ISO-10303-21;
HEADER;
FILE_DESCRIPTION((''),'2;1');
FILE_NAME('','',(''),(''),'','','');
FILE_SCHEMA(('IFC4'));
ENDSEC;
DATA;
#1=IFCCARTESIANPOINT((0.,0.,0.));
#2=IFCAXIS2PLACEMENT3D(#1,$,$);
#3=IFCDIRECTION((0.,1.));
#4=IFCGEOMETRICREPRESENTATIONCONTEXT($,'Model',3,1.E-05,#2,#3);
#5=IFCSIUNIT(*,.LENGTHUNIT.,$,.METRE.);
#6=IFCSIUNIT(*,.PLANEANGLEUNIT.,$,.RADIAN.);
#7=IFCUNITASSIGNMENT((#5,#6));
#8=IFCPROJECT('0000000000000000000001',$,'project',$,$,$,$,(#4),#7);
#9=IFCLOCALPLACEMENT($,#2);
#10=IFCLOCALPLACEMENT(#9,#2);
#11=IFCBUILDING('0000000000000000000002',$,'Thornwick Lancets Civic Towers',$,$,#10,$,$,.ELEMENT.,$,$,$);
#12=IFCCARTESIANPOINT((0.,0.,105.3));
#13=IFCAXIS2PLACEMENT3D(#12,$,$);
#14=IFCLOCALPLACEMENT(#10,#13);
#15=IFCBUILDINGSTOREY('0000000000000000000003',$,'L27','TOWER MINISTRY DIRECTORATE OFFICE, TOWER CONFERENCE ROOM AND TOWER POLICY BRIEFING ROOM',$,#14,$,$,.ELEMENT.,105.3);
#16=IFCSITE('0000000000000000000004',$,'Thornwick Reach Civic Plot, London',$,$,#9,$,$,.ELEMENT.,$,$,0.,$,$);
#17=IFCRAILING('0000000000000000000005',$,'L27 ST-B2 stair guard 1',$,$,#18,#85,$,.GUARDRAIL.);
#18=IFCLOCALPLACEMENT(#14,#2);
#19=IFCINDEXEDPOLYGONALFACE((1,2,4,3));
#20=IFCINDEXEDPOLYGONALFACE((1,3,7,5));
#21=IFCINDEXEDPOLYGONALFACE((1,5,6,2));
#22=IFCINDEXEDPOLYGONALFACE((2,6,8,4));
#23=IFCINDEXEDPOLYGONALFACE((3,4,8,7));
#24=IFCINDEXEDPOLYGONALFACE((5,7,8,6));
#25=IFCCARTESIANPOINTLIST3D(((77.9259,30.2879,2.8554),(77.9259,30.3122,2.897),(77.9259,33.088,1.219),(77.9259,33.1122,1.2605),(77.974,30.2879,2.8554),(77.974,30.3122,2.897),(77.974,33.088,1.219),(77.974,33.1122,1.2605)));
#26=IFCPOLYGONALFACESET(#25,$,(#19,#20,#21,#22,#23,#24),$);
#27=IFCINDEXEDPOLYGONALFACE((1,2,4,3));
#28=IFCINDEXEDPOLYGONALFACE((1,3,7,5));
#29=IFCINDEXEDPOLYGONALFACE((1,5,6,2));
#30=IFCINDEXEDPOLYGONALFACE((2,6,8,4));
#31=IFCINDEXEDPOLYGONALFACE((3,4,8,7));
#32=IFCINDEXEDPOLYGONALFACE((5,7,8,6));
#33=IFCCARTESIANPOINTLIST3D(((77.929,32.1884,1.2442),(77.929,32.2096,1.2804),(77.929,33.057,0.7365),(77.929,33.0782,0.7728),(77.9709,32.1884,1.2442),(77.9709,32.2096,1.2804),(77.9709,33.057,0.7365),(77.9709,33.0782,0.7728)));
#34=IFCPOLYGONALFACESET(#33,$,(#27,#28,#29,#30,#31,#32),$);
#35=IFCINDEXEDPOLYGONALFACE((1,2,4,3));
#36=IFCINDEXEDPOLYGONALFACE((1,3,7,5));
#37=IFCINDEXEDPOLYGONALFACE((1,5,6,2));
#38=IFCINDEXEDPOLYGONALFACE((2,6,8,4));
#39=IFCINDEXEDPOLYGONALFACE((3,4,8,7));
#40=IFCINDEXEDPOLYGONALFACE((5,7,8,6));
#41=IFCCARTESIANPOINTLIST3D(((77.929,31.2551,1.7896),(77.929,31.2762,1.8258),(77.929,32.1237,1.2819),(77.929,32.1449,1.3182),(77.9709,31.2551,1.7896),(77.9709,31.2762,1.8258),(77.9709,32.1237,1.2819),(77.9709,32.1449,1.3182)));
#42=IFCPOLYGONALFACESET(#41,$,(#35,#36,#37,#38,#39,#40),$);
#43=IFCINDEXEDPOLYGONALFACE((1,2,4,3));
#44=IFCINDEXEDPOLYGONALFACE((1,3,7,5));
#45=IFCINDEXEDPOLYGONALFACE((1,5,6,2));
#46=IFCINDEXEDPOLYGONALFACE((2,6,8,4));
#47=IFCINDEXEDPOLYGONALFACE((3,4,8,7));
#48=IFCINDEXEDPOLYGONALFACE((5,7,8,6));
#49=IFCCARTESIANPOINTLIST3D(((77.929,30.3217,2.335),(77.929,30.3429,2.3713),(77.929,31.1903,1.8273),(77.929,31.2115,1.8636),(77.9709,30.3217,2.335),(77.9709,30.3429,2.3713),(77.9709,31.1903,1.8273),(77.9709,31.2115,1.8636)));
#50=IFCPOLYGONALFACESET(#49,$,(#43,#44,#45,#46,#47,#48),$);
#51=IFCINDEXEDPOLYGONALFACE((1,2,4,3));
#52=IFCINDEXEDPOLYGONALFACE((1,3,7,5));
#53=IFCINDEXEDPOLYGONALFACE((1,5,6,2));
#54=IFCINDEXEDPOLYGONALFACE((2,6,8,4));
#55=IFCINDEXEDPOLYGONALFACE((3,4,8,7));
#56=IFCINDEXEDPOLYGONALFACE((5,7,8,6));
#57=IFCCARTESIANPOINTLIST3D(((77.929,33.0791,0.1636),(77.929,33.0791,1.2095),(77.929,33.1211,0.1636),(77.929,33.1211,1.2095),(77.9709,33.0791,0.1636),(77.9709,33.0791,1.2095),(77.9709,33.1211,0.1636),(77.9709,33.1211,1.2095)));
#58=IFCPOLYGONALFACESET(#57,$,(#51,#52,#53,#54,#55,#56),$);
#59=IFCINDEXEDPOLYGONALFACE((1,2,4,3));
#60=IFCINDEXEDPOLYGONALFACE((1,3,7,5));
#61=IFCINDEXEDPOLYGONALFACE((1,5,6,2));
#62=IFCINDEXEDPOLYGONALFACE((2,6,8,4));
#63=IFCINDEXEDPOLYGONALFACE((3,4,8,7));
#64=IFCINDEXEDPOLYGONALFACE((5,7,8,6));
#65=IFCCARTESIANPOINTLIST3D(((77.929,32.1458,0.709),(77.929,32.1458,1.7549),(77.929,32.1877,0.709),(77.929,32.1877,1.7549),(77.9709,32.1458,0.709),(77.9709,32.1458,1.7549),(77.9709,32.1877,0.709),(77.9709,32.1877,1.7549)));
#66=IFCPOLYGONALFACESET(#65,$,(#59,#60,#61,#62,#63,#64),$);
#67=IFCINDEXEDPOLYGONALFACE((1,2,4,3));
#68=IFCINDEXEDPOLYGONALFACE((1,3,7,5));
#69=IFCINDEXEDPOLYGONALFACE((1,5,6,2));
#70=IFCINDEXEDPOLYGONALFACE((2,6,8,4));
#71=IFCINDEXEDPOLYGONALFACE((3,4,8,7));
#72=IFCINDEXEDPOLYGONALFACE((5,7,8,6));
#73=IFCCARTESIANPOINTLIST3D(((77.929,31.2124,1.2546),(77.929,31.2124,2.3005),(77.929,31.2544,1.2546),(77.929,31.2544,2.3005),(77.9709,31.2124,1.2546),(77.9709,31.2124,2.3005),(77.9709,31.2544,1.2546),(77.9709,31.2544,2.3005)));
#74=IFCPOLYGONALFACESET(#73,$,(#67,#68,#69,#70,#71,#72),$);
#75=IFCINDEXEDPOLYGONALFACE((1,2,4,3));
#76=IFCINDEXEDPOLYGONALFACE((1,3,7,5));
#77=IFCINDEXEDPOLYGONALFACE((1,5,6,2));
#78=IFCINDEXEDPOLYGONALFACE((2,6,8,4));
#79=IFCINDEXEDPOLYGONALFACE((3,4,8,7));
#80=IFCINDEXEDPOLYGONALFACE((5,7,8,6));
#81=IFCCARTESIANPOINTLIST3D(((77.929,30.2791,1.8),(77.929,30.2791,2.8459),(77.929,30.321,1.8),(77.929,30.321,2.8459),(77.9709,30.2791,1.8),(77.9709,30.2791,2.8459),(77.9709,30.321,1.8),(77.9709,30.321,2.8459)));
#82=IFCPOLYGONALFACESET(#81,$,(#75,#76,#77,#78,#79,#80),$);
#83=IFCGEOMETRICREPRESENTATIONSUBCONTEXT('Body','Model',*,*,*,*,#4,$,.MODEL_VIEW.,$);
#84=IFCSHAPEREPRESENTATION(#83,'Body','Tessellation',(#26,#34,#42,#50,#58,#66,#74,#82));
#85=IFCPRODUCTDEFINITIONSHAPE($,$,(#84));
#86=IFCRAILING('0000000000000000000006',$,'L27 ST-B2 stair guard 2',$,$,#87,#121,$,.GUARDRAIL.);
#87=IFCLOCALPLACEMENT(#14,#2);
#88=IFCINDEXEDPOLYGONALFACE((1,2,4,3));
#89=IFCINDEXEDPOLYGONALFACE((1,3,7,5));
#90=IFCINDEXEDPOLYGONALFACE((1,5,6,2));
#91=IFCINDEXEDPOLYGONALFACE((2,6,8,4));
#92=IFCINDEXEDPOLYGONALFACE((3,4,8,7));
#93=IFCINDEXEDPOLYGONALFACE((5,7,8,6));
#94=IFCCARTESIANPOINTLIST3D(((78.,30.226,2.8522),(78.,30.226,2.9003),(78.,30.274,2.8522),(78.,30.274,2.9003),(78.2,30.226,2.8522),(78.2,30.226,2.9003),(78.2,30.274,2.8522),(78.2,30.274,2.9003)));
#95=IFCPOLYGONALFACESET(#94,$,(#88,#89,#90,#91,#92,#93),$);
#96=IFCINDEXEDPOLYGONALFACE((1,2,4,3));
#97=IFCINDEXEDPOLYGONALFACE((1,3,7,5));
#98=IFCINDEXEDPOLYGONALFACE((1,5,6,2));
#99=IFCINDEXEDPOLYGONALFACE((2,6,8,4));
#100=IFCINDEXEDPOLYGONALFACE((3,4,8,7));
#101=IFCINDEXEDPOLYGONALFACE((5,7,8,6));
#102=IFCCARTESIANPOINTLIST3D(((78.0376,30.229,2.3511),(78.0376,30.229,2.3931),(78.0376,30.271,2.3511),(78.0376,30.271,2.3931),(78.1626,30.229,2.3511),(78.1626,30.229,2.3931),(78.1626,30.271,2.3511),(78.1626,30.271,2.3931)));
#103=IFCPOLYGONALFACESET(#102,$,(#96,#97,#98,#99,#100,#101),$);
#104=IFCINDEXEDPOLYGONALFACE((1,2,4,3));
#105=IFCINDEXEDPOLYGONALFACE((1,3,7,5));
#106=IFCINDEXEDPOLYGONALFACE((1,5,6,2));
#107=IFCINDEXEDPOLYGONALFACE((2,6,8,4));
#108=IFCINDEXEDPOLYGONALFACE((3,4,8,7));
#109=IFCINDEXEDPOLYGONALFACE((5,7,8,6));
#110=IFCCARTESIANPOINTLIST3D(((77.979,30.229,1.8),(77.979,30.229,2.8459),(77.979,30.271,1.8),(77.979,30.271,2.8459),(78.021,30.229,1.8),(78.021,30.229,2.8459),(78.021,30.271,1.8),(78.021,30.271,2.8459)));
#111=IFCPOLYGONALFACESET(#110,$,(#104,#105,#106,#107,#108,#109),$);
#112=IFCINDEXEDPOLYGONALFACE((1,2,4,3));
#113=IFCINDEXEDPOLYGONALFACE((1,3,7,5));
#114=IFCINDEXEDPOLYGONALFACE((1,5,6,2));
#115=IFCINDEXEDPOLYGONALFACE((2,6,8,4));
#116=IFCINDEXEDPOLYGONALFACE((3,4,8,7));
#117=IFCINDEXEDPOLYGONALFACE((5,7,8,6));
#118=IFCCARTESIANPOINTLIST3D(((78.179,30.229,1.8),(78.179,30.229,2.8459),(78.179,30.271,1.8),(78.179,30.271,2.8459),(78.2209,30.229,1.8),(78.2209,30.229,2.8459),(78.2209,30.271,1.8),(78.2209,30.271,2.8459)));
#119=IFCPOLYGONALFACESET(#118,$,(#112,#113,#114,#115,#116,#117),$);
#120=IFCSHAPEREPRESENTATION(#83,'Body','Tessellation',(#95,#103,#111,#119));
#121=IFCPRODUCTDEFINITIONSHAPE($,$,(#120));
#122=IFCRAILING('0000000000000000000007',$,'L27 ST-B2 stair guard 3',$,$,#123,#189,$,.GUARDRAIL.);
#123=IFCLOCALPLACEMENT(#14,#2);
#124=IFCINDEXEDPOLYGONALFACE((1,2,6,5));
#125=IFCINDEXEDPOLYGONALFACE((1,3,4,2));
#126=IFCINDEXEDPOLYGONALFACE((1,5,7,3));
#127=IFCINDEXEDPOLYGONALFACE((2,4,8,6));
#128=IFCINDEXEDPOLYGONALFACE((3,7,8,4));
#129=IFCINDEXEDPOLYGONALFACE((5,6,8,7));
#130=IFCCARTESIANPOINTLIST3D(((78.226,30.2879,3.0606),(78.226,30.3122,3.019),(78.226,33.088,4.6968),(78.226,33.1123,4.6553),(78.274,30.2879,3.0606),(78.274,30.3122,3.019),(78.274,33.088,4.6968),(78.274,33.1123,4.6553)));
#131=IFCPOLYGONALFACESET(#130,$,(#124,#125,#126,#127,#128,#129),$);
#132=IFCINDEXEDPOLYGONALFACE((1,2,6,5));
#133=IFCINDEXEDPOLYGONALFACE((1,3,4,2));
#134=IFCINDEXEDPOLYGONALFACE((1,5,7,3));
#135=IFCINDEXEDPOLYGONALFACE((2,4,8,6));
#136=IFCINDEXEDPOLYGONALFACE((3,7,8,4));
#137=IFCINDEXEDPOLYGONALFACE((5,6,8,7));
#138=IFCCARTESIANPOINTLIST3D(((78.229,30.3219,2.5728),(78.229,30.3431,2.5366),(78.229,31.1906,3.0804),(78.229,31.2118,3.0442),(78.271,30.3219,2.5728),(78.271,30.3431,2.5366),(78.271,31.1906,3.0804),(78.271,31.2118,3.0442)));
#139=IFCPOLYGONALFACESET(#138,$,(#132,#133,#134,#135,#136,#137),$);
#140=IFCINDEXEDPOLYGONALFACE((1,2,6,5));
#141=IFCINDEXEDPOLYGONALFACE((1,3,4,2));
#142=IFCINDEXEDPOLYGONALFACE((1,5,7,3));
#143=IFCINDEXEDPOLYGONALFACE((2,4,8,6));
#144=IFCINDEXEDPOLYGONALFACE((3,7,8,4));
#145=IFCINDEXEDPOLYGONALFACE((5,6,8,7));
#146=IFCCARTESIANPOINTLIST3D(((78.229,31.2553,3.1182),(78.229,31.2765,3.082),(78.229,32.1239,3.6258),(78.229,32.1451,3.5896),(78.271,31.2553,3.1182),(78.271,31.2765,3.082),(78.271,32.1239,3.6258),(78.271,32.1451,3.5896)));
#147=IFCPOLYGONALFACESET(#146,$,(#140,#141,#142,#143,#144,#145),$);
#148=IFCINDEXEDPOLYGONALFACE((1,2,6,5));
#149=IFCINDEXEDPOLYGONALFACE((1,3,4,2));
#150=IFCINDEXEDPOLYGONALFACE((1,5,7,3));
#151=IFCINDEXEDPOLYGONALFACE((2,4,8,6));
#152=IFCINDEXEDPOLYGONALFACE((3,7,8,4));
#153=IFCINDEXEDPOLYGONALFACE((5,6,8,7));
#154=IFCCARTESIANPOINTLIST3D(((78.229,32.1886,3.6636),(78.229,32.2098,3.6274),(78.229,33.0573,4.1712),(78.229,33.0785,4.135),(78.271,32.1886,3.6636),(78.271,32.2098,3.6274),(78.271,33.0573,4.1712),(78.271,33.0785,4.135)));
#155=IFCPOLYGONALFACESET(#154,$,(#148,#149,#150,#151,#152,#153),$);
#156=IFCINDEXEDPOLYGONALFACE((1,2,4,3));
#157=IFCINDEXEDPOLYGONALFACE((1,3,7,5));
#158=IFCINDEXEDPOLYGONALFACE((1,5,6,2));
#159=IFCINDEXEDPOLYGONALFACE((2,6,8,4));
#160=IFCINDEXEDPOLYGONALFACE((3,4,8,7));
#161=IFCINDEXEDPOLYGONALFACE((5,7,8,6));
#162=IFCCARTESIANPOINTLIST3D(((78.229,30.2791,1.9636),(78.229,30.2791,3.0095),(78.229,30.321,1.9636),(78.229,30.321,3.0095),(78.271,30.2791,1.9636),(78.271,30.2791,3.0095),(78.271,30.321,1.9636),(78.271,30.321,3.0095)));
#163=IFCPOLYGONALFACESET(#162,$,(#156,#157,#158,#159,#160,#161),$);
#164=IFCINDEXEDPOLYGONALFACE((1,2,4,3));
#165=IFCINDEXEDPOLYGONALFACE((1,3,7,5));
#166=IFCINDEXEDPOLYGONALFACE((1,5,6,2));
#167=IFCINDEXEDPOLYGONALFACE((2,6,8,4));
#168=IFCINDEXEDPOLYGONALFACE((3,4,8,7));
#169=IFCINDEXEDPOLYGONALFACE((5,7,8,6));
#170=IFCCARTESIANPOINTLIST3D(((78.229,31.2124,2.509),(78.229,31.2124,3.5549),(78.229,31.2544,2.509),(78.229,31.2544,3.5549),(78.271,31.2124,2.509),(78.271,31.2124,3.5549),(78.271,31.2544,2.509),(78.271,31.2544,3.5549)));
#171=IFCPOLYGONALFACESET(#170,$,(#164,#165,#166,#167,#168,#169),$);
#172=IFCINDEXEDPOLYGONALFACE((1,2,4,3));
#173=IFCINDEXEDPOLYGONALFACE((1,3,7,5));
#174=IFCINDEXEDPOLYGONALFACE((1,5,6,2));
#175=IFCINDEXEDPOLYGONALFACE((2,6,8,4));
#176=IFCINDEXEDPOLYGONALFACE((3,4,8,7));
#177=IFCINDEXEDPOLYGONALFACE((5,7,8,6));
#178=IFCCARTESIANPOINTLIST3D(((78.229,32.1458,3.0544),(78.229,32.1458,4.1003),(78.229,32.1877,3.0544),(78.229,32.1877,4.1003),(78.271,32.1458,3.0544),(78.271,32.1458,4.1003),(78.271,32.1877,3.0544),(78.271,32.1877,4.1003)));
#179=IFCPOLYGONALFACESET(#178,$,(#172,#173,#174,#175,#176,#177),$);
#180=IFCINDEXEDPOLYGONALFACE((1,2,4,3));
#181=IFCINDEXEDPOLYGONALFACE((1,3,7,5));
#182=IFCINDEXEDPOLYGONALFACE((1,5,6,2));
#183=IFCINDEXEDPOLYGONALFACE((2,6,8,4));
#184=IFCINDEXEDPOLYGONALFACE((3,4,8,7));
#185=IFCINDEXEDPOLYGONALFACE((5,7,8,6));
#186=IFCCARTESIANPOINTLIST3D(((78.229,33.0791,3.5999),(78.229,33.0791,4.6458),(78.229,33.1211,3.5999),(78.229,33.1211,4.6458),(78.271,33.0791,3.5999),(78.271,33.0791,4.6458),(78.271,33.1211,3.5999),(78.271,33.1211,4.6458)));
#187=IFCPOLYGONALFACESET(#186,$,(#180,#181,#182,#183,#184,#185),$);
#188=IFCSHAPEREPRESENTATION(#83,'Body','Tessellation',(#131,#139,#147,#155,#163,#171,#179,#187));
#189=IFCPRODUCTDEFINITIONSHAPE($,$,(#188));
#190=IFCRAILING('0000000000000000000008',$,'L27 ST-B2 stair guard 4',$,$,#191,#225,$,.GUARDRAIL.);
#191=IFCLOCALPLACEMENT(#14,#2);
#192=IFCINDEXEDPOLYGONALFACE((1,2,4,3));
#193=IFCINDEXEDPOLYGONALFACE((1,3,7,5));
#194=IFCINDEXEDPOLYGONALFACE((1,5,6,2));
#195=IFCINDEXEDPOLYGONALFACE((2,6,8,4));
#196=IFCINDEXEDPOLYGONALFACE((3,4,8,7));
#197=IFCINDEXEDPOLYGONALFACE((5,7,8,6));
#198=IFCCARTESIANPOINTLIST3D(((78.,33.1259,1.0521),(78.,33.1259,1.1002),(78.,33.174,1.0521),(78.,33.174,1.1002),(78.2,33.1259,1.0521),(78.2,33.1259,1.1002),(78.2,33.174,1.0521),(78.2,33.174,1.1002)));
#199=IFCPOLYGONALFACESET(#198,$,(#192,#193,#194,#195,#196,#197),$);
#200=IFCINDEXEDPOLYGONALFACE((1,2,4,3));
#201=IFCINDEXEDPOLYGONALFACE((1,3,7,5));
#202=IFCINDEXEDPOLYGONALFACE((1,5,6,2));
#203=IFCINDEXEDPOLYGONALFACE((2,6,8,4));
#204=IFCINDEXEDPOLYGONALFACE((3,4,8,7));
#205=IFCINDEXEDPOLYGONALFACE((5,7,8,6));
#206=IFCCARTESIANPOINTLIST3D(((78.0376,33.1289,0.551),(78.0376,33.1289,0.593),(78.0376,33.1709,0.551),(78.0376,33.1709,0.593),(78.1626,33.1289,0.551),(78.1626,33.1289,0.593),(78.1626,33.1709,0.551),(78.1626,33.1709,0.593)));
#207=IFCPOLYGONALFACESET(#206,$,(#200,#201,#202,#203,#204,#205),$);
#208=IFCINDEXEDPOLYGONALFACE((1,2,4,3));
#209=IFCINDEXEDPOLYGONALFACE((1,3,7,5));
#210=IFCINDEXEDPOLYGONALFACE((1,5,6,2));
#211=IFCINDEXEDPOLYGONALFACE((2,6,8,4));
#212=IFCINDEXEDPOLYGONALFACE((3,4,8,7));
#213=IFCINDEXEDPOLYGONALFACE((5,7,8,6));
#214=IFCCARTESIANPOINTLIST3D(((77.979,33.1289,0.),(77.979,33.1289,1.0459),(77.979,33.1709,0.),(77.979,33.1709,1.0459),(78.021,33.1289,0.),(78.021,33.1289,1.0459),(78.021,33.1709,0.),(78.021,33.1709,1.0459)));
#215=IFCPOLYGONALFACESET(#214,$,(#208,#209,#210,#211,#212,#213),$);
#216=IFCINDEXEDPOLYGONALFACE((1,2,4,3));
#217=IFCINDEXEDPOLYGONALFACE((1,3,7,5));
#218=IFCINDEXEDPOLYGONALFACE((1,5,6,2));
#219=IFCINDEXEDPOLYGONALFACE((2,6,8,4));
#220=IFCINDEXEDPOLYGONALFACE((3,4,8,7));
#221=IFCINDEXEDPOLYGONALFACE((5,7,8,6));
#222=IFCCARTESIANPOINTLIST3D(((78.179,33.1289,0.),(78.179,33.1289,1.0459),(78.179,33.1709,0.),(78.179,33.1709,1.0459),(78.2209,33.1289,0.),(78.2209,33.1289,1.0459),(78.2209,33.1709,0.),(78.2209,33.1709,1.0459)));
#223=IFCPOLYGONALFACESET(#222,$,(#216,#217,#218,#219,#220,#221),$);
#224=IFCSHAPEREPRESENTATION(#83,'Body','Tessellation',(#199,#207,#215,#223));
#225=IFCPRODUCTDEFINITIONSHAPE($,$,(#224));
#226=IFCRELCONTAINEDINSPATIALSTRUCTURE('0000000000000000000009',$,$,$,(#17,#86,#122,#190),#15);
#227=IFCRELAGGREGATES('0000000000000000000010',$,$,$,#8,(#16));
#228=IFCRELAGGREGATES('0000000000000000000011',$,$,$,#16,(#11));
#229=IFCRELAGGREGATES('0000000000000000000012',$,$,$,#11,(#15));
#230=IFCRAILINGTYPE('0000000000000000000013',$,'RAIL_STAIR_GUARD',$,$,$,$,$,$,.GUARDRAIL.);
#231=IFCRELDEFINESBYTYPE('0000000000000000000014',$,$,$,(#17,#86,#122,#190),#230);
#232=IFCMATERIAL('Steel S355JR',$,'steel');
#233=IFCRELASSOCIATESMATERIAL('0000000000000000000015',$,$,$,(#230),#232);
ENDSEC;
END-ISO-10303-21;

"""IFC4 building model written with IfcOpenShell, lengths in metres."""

from ifc_helpers import new_model, si_unit, direction, frame, origin, origin_2d, place, context, subcontext, project, spatial, rectangle, extrude, material, type_object, element, save


model = new_model("IFC4")

# Units and contexts
model_context = context("Model", 3, precision=1e-05, world=origin(), true_north=direction((0.0, 1.0)))
body_context = subcontext(model_context, "Body", "Model", "MODEL_VIEW")
ifc_project = project(units=[si_unit("LENGTHUNIT", "METRE"), si_unit("PLANEANGLEUNIT", "RADIAN")], contexts=[model_context])

# Site, building, storey
site_placement = place(None, origin())
site = spatial("IfcSite", under=ifc_project, at=site_placement, Name="Thornwick Reach Civic Plot, London", CompositionType="ELEMENT", RefElevation=0.0)
building_placement = place(site_placement, origin())
building = spatial("IfcBuilding", under=site, at=building_placement, Name="Thornwick Lancets Civic Towers", CompositionType="ELEMENT")
storey_placement = place(building_placement, frame((0.0, 0.0, 105.3)))
storey = spatial("IfcBuildingStorey", under=building, at=storey_placement, Name="L27", Description="TOWER MINISTRY DIRECTORATE OFFICE, TOWER CONFERENCE ROOM AND TOWER POLICY BRIEFING ROOM", CompositionType="ELEMENT", Elevation=105.3)

# Railings
ifc_material_1 = material(Name="Steel S355JR", Category="steel")
railing_type_1 = type_object("IfcRailingType", Name="RAIL_STAIR_GUARD", PredefinedType="GUARDRAIL", material=ifc_material_1)
railing_1_placement = place(storey_placement, frame((77.95, 33.1001, 0.1636)))
element("IfcRailing", 1, at=railing_1_placement, inside=storey, type_object=railing_type_1, Name="L27 ST-B2 stair guard 1", PredefinedType="GUARDRAIL", context=body_context, shape_type="SweptSolid", body=[
    extrude(rectangle(XDim=0.0481, YDim=0.0481, at=origin_2d()), frame((0.0, 0.0, 1.0762), z_axis=(0.0, -0.863361, 0.504587), x_axis=(1.0, 0.0, 0.0)), (0.0, 0.0, 1.0), 3.2432),
    extrude(rectangle(XDim=0.042, YDim=0.042, at=origin_2d()), frame((0.0, -0.0325, 0.5911), z_axis=(0.0, -0.863361, 0.504587), x_axis=(1.0, 0.0, 0.0)), (0.0, 0.0, 1.0), 1.0061),
    extrude(rectangle(XDim=0.042, YDim=0.042, at=origin_2d()), frame((0.0, -0.9658, 1.1365), z_axis=(0.0, -0.863361, 0.504587), x_axis=(1.0, 0.0, 0.0)), (0.0, 0.0, 1.0), 1.0061),
    extrude(rectangle(XDim=0.042, YDim=0.042, at=origin_2d()), frame((0.0, -1.8992, 1.6819), z_axis=(0.0, -0.863361, 0.504587), x_axis=(1.0, 0.0, 0.0)), (0.0, 0.0, 1.0), 1.0061),
    extrude(rectangle(XDim=0.042, YDim=0.042, at=origin_2d()), origin(), (0.0, 0.0, 1.0), 1.0459),
    extrude(rectangle(XDim=0.042, YDim=0.042, at=origin_2d()), frame((0.0, -0.9333, 0.5454)), (0.0, 0.0, 1.0), 1.0459),
    extrude(rectangle(XDim=0.042, YDim=0.042, at=origin_2d()), frame((0.0, -1.8667, 1.0911)), (0.0, 0.0, 1.0), 1.0459),
    extrude(rectangle(XDim=0.042, YDim=0.042, at=origin_2d()), frame((0.0, -2.8, 1.6365)), (0.0, 0.0, 1.0), 1.0459),
])
railing_2_placement = place(storey_placement, frame((78.0, 30.25, 1.8)))
element("IfcRailing", 2, at=railing_2_placement, inside=storey, type_object=railing_type_1, Name="L27 ST-B2 stair guard 2", PredefinedType="GUARDRAIL", context=body_context, shape_type="SweptSolid", body=[
    extrude(rectangle(XDim=0.0481, YDim=0.0481, at=origin_2d()), frame((0.0, 0.0, 1.0762), z_axis=(1.0, 0.0, 0.0), x_axis=(0.0, 1.0, 0.0)), (0.0, 0.0, 1.0), 0.2),
    extrude(rectangle(XDim=0.042, YDim=0.042, at=origin_2d()), frame((0.0376, 0.0, 0.572), z_axis=(1.0, 0.0, 0.0), x_axis=(0.0, 1.0, 0.0)), (0.0, 0.0, 1.0), 0.125),
    extrude(rectangle(XDim=0.042, YDim=0.042, at=origin_2d()), origin(), (0.0, 0.0, 1.0), 1.0459),
    extrude(rectangle(XDim=0.042, YDim=0.042, at=origin_2d()), frame((0.2, 0.0, 0.0)), (0.0, 0.0, 1.0), 1.0459),
])
railing_3_placement = place(storey_placement, frame((78.25, 30.3, 1.9636)))
element("IfcRailing", 3, at=railing_3_placement, inside=storey, type_object=railing_type_1, Name="L27 ST-B2 stair guard 3", PredefinedType="GUARDRAIL", context=body_context, shape_type="SweptSolid", body=[
    extrude(rectangle(XDim=0.0481, YDim=0.0481, at=origin_2d()), frame((0.0, 0.0, 1.0762), z_axis=(0.0, 0.863394, 0.504531), x_axis=(-1.0, 0.0, 0.0)), (0.0, 0.0, 1.0), 3.2432),
    extrude(rectangle(XDim=0.042, YDim=0.042, at=origin_2d()), frame((0.0, 0.0325, 0.5911), z_axis=(0.0, 0.863394, 0.504531), x_axis=(-1.0, 0.0, 0.0)), (0.0, 0.0, 1.0), 1.0061),
    extrude(rectangle(XDim=0.042, YDim=0.042, at=origin_2d()), frame((0.0, 0.9658, 1.1365), z_axis=(0.0, 0.863394, 0.504531), x_axis=(-1.0, 0.0, 0.0)), (0.0, 0.0, 1.0), 1.0061),
    extrude(rectangle(XDim=0.042, YDim=0.042, at=origin_2d()), frame((0.0, 1.8992, 1.6819), z_axis=(0.0, 0.863394, 0.504531), x_axis=(-1.0, 0.0, 0.0)), (0.0, 0.0, 1.0), 1.0061),
    extrude(rectangle(XDim=0.042, YDim=0.042, at=origin_2d()), origin(), (0.0, 0.0, 1.0), 1.0459),
    extrude(rectangle(XDim=0.042, YDim=0.042, at=origin_2d()), frame((0.0, 0.9333, 0.5454)), (0.0, 0.0, 1.0), 1.0459),
    extrude(rectangle(XDim=0.042, YDim=0.042, at=origin_2d()), frame((0.0, 1.8667, 1.0908)), (0.0, 0.0, 1.0), 1.0459),
    extrude(rectangle(XDim=0.042, YDim=0.042, at=origin_2d()), frame((0.0, 2.8, 1.6362)), (0.0, 0.0, 1.0), 1.0459),
])
railing_4_placement = place(storey_placement, frame((78.0, 33.1499, 0.0)))
element("IfcRailing", 4, at=railing_4_placement, inside=storey, type_object=railing_type_1, Name="L27 ST-B2 stair guard 4", PredefinedType="GUARDRAIL", context=body_context, shape_type="SweptSolid", body=[
    extrude(rectangle(XDim=0.0481, YDim=0.0481, at=origin_2d()), frame((0.0, 0.0, 1.0762), z_axis=(1.0, 0.0, 0.0), x_axis=(0.0, 1.0, 0.0)), (0.0, 0.0, 1.0), 0.2),
    extrude(rectangle(XDim=0.042, YDim=0.042, at=origin_2d()), frame((0.0376, 0.0, 0.572), z_axis=(1.0, 0.0, 0.0), x_axis=(0.0, 1.0, 0.0)), (0.0, 0.0, 1.0), 0.125),
    extrude(rectangle(XDim=0.042, YDim=0.042, at=origin_2d()), origin(), (0.0, 0.0, 1.0), 1.0459),
    extrude(rectangle(XDim=0.042, YDim=0.042, at=origin_2d()), frame((0.2, 0.0, 0.0)), (0.0, 0.0, 1.0), 1.0459),
])

save(model, "model.ifc")
